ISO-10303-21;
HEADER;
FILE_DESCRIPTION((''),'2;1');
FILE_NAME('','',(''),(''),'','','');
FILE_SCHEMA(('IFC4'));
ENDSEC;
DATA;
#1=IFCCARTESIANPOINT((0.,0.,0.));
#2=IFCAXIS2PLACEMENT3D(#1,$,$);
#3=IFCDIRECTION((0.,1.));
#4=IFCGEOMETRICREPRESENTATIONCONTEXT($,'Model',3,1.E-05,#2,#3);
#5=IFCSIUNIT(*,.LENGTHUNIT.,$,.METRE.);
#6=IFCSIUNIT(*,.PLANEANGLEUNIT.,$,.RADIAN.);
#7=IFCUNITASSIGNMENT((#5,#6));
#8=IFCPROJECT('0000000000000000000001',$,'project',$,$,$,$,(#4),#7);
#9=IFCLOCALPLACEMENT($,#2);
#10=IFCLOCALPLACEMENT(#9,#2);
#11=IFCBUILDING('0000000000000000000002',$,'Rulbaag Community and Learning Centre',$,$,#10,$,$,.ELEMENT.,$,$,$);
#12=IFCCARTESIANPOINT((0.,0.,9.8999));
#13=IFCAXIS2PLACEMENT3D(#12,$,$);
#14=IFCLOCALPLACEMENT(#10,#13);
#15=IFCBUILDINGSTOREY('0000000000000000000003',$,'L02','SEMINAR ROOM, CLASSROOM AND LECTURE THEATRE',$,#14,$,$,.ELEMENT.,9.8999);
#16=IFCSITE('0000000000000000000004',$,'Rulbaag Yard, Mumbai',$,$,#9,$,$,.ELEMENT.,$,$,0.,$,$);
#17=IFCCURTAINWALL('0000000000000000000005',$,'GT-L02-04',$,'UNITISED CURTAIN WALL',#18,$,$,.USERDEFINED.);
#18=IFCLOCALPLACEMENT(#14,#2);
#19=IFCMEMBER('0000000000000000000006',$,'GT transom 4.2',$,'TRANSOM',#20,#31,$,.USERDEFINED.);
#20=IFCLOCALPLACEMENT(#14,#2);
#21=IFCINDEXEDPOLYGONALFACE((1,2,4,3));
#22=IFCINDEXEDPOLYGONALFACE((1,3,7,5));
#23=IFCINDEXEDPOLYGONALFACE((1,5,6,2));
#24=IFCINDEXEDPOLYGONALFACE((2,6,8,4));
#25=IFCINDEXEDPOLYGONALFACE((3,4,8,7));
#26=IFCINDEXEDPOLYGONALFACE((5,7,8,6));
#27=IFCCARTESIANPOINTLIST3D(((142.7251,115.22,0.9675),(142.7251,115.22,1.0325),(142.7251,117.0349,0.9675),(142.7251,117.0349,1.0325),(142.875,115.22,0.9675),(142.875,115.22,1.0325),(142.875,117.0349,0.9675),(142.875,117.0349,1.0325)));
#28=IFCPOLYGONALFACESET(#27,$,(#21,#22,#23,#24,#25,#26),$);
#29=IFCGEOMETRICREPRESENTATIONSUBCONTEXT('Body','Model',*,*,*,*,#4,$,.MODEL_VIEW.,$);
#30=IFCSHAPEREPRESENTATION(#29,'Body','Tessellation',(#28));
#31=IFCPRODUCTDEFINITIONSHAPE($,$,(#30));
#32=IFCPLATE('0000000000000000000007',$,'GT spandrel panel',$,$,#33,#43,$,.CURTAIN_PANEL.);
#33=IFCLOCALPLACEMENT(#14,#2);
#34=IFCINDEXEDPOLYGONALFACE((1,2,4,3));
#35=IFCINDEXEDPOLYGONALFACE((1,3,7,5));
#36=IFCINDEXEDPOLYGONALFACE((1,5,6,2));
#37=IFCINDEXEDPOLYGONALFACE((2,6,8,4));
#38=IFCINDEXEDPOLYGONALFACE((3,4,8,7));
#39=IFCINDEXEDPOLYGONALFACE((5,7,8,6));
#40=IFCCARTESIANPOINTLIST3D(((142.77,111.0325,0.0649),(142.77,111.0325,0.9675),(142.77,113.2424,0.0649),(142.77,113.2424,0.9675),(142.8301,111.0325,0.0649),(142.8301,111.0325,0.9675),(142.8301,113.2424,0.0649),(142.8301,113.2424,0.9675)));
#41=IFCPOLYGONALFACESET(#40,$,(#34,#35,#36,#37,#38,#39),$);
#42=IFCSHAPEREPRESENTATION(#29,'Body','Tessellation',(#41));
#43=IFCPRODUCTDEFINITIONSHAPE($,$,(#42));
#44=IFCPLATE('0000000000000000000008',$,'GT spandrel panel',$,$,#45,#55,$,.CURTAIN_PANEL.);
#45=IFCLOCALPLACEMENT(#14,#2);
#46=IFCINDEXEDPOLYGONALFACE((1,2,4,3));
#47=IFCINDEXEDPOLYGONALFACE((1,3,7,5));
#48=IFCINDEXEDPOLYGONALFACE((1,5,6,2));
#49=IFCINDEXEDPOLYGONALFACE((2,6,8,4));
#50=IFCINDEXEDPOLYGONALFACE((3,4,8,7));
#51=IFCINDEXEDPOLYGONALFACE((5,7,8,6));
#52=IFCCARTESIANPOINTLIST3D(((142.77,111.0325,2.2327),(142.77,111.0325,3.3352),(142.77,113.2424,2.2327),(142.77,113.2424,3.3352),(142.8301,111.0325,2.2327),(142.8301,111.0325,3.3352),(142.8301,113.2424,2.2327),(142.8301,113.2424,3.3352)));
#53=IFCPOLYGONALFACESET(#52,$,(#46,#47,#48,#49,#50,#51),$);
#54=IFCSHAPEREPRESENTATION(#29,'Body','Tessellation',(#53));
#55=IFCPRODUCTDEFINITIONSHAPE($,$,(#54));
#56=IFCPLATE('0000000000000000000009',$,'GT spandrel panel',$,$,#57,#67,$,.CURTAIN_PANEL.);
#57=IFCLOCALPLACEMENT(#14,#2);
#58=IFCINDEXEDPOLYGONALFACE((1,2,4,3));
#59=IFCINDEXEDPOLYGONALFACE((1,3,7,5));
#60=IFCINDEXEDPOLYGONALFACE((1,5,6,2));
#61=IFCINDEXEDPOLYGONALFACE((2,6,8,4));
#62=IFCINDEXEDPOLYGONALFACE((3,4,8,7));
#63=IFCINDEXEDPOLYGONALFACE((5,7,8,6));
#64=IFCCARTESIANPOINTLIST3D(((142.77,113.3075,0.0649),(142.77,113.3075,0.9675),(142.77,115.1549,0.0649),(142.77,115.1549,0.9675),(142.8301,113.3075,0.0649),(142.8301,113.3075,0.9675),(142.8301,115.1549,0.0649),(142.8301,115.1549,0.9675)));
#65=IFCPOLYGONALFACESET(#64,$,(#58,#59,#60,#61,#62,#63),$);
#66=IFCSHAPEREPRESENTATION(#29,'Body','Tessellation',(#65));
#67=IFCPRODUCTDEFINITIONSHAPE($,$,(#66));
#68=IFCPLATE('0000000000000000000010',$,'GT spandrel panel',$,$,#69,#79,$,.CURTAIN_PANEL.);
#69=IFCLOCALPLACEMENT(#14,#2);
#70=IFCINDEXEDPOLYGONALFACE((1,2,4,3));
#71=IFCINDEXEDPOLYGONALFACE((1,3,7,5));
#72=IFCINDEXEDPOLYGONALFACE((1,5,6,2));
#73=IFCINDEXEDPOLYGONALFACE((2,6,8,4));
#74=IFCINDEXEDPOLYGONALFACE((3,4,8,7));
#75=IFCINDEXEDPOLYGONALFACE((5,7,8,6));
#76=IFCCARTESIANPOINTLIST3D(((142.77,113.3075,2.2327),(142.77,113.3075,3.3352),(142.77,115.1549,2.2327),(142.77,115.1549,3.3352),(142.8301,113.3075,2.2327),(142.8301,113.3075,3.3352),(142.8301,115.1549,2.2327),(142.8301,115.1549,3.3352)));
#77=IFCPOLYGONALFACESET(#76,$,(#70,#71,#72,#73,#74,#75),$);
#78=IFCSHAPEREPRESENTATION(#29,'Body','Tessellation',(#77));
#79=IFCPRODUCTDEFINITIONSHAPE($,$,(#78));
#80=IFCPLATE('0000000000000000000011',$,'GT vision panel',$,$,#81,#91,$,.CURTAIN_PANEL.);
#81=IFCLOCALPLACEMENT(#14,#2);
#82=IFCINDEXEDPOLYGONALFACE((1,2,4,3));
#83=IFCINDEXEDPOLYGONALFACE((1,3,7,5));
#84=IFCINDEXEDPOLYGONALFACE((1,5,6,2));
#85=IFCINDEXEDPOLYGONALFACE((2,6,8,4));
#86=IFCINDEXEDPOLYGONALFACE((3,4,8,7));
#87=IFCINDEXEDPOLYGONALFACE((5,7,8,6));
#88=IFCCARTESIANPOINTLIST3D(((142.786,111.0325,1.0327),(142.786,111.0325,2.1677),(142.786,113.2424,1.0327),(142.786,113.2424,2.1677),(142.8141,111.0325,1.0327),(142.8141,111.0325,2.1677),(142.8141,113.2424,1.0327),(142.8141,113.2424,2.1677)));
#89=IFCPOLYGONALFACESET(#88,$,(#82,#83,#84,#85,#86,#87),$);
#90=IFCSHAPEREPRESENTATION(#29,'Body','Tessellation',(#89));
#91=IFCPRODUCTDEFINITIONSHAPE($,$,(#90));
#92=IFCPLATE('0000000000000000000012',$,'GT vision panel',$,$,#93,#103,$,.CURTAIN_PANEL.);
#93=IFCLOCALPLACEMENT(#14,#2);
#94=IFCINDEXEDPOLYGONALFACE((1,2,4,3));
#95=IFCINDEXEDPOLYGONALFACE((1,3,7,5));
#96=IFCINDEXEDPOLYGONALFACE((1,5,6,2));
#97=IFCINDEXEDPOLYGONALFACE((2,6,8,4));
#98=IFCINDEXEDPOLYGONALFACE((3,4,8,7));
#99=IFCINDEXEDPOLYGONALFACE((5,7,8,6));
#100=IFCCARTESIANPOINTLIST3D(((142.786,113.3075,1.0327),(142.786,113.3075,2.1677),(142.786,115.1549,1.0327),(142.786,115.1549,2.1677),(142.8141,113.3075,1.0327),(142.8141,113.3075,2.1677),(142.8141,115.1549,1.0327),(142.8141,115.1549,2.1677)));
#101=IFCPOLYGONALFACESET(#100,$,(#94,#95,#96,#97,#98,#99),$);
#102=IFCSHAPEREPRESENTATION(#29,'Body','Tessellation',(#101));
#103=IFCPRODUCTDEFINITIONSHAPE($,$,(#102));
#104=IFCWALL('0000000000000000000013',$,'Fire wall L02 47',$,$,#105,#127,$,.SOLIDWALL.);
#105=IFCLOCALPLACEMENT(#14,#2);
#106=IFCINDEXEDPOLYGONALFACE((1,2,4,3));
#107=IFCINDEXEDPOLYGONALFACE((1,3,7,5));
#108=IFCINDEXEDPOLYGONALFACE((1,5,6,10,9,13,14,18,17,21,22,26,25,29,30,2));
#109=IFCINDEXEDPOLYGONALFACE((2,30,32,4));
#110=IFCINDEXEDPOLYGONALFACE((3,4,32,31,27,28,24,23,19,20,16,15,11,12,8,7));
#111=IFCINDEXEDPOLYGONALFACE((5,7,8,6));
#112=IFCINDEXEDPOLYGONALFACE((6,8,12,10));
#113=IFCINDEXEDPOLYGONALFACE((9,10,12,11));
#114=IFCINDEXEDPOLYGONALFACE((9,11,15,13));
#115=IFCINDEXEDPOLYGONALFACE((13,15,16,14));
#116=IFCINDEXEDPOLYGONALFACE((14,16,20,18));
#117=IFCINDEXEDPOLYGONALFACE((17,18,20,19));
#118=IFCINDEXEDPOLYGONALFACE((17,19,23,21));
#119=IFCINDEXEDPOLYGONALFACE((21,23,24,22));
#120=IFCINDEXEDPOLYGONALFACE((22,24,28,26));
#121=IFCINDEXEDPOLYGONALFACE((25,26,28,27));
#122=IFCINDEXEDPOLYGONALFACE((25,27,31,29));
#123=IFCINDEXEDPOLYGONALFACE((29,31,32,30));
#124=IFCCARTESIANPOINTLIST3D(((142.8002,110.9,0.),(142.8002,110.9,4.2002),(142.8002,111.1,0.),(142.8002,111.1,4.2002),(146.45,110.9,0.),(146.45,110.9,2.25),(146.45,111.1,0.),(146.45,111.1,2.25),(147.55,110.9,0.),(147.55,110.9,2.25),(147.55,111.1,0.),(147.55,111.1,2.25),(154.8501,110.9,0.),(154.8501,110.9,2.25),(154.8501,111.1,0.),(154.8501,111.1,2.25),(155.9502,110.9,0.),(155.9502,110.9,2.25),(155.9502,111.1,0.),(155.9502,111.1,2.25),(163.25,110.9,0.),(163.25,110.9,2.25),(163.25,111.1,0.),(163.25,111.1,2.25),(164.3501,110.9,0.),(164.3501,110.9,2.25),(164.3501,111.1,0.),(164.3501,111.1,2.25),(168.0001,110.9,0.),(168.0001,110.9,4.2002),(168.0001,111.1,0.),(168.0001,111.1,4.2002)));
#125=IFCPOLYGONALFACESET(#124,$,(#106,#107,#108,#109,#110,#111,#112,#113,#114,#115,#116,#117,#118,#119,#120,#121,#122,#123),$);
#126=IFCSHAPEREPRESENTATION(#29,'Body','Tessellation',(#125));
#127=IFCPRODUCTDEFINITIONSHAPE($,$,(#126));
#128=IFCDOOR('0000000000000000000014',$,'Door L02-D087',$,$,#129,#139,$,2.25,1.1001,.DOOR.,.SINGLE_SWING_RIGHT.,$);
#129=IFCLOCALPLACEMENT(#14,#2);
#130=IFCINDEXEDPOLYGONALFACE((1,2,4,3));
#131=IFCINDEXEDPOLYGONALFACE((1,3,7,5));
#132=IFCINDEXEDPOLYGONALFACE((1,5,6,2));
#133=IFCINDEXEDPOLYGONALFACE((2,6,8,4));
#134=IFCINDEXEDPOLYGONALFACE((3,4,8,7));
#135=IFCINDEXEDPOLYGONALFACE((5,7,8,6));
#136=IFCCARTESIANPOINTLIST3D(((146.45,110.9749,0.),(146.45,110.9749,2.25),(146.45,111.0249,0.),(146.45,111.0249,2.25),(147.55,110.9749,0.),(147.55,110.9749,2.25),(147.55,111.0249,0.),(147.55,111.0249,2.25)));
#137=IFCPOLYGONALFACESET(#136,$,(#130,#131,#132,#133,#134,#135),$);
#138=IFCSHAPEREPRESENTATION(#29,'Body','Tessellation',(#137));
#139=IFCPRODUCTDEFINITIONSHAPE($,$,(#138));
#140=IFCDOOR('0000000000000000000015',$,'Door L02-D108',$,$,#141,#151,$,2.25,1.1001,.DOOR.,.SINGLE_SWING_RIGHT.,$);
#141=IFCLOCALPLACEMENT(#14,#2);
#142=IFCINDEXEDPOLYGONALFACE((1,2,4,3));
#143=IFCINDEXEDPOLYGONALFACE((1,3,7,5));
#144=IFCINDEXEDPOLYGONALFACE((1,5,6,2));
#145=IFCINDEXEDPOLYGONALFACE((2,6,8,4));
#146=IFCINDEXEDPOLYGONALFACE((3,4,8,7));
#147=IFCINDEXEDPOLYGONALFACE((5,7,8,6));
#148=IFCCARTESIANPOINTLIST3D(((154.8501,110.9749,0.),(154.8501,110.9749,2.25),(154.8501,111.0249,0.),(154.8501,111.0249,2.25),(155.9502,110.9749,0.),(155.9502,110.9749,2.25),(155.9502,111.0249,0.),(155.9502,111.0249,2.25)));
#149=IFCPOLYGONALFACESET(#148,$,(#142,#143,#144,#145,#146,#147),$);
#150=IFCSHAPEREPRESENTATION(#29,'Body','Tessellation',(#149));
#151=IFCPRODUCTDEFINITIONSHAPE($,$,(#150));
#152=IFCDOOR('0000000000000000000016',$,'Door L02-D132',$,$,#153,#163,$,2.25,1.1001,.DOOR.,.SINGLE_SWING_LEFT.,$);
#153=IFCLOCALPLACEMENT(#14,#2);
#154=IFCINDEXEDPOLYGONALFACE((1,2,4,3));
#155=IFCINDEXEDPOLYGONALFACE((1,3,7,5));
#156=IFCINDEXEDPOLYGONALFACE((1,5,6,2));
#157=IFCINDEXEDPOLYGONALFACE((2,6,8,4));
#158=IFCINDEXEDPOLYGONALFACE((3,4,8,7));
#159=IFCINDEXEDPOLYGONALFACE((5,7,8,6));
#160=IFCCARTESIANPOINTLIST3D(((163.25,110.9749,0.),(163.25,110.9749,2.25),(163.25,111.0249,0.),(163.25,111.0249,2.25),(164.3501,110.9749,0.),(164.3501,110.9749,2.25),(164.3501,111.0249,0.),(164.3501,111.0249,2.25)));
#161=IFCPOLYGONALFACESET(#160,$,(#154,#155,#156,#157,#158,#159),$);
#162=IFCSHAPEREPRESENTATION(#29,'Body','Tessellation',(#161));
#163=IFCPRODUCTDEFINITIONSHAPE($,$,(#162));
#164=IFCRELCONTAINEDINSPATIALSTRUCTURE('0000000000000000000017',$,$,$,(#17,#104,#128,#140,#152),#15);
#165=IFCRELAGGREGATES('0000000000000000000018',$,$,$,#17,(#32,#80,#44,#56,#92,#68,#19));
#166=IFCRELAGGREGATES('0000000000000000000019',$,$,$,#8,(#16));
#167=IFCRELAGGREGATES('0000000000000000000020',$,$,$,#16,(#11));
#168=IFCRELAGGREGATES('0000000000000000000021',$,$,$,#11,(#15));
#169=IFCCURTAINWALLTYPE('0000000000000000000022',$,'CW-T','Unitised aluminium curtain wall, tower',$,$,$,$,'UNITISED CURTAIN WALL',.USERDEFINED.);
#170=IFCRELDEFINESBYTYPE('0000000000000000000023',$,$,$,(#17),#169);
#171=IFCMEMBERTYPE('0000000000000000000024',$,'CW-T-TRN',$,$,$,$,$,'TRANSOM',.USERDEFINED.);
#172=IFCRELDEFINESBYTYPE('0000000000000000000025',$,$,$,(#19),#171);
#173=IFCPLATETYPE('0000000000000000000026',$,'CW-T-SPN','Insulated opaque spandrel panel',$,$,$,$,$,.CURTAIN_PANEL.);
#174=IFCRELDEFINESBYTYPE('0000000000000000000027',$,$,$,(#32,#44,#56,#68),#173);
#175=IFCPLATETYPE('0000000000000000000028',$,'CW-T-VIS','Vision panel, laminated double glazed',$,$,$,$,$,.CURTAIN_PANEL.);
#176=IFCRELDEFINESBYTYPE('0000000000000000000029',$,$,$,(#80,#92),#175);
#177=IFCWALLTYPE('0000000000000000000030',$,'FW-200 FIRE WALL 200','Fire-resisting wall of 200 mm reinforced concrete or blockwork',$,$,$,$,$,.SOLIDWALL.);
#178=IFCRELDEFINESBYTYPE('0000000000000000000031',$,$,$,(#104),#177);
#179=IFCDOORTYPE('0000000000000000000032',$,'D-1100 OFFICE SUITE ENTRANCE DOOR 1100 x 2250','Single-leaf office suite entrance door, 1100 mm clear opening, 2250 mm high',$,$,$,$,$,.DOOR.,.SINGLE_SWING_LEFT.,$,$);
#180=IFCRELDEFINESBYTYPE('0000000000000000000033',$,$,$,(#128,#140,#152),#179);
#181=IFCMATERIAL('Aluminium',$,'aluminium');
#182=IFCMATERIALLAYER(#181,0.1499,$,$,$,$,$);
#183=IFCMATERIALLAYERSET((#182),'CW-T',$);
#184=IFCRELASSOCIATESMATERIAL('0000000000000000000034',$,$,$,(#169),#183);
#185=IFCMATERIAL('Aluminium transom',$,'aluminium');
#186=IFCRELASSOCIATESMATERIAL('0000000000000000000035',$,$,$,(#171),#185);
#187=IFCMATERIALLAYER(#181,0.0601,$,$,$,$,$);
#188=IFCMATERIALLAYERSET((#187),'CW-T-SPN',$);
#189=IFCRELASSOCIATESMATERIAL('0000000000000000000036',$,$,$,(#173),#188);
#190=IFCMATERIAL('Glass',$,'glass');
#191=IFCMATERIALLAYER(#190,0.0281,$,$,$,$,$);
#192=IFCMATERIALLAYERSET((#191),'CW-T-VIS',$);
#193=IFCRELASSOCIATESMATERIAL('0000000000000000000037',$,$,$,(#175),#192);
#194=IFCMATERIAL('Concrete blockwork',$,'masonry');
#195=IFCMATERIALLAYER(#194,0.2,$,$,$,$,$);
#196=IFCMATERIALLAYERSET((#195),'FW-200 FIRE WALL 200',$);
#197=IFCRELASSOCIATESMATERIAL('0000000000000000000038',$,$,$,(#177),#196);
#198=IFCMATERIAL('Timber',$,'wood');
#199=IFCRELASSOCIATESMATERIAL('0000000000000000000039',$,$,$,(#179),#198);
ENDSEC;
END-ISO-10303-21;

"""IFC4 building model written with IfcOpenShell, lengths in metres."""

from ifc_helpers import new_model, si_unit, direction, frame, frame_2d, origin, origin_2d, place, context, subcontext, project, spatial, rectangle, extrude, material, layer, layer_set, material_profile, profile_set, type_object, element, fill, aggregate, save


model = new_model("IFC4")

# Units and contexts
model_context = context("Model", 3, precision=1e-05, world=origin(), true_north=direction((0.0, 1.0)))
body_context = subcontext(model_context, "Body", "Model", "MODEL_VIEW")
ifc_project = project(units=[si_unit("LENGTHUNIT", "METRE"), si_unit("PLANEANGLEUNIT", "RADIAN")], contexts=[model_context])

# Site, building, storey
site_placement = place(None, origin())
site = spatial("IfcSite", under=ifc_project, at=site_placement, Name="Rulbaag Yard, Mumbai", CompositionType="ELEMENT", RefElevation=0.0)
building_placement = place(site_placement, origin())
building = spatial("IfcBuilding", under=site, at=building_placement, Name="Rulbaag Community and Learning Centre", CompositionType="ELEMENT")
storey_placement = place(building_placement, frame((0.0, 0.0, 9.8999)))
storey = spatial("IfcBuildingStorey", under=building, at=storey_placement, Name="L02", Description="SEMINAR ROOM, CLASSROOM AND LECTURE THEATRE", CompositionType="ELEMENT", Elevation=9.8999)

# Curtain wall, member, plates
ifc_material_1 = material(Name="Aluminium", Category="aluminium")
ifc_layer_1 = layer(ifc_material_1, 0.1499)
ifc_layer_set_1 = layer_set([ifc_layer_1], Name="CW-T")
curtain_wall_type = type_object("IfcCurtainWallType", Name="CW-T", Description="Unitised aluminium curtain wall, tower", ElementType="UNITISED CURTAIN WALL", PredefinedType="USERDEFINED", material=ifc_layer_set_1)
curtain_wall_placement = place(storey_placement, origin())
curtain_wall = element("IfcCurtainWall", 1, at=curtain_wall_placement, inside=storey, type_object=curtain_wall_type, Name="GT-L02-04", ObjectType="UNITISED CURTAIN WALL", PredefinedType="USERDEFINED")
ifc_material_2 = material(Name="Aluminium transom", Category="aluminium")
ifc_material_profile_1 = material_profile(ifc_material_2, rectangle(XDim=0.1499, YDim=0.0649, at=origin_2d()), Name="AL 65x150 T")
ifc_profile_set_1 = profile_set([ifc_material_profile_1], Name="Aluminium transom")
member_type_1 = type_object("IfcMemberType", Name="CW-T-TRN", ElementType="TRANSOM", PredefinedType="USERDEFINED", material=ifc_profile_set_1)
member_1_placement = place(storey_placement, frame((142.8, 115.22, 1.0), z_axis=(0.0, 1.0, 0.0), x_axis=(-1.0, 0.0, 0.0)))
member_1 = element("IfcMember", 2, at=member_1_placement, type_object=member_type_1, Name="GT transom 4.2", ObjectType="TRANSOM", PredefinedType="USERDEFINED", context=body_context, shape_type="SweptSolid", body=[
    extrude(rectangle(XDim=0.1499, YDim=0.0649, at=origin_2d()), origin(), (0.0, 0.0, 1.0), 1.8149),
])
ifc_layer_2 = layer(ifc_material_1, 0.0601)
ifc_layer_set_2 = layer_set([ifc_layer_2], Name="CW-T-SPN")
plate_type_1 = type_object("IfcPlateType", Name="CW-T-SPN", Description="Insulated opaque spandrel panel", PredefinedType="CURTAIN_PANEL", material=ifc_layer_set_2)
plate_1_placement = place(storey_placement, frame((142.8, 112.1375, 0.0649), z_axis=(0.0, 0.0, 1.0), x_axis=(0.0, 1.0, 0.0)))
plate_1 = element("IfcPlate", 3, at=plate_1_placement, type_object=plate_type_1, Name="GT spandrel panel", PredefinedType="CURTAIN_PANEL", context=body_context, shape_type="SweptSolid", body=[
    extrude(rectangle(XDim=2.21, YDim=0.0601, at=origin_2d()), origin(), (0.0, 0.0, 1.0), 0.9026),
])
plate_2_placement = place(storey_placement, frame((142.8, 112.1375, 2.2327), z_axis=(0.0, 0.0, 1.0), x_axis=(0.0, 1.0, 0.0)))
plate_2 = element("IfcPlate", 4, at=plate_2_placement, type_object=plate_type_1, Name="GT spandrel panel", PredefinedType="CURTAIN_PANEL", context=body_context, shape_type="SweptSolid", body=[
    extrude(rectangle(XDim=2.21, YDim=0.0601, at=origin_2d()), origin(), (0.0, 0.0, 1.0), 1.1025),
])
plate_3_placement = place(storey_placement, frame((142.8, 114.2312, 0.0649), z_axis=(0.0, 0.0, 1.0), x_axis=(0.0, 1.0, 0.0)))
plate_3 = element("IfcPlate", 5, at=plate_3_placement, type_object=plate_type_1, Name="GT spandrel panel", PredefinedType="CURTAIN_PANEL", context=body_context, shape_type="SweptSolid", body=[
    extrude(rectangle(XDim=1.8474, YDim=0.0601, at=origin_2d()), origin(), (0.0, 0.0, 1.0), 0.9026),
])
plate_4_placement = place(storey_placement, frame((142.8, 114.2312, 2.2327), z_axis=(0.0, 0.0, 1.0), x_axis=(0.0, 1.0, 0.0)))
plate_4 = element("IfcPlate", 6, at=plate_4_placement, type_object=plate_type_1, Name="GT spandrel panel", PredefinedType="CURTAIN_PANEL", context=body_context, shape_type="SweptSolid", body=[
    extrude(rectangle(XDim=1.8474, YDim=0.0601, at=origin_2d()), origin(), (0.0, 0.0, 1.0), 1.1025),
])
ifc_material_3 = material(Name="Glass", Category="glass")
ifc_layer_3 = layer(ifc_material_3, 0.0281)
ifc_layer_set_3 = layer_set([ifc_layer_3], Name="CW-T-VIS")
plate_type_2 = type_object("IfcPlateType", Name="CW-T-VIS", Description="Vision panel, laminated double glazed", PredefinedType="CURTAIN_PANEL", material=ifc_layer_set_3)
plate_5_placement = place(storey_placement, frame((142.8, 112.1375, 1.0327), z_axis=(0.0, 0.0, 1.0), x_axis=(0.0, 1.0, 0.0)))
plate_5 = element("IfcPlate", 7, at=plate_5_placement, type_object=plate_type_2, Name="GT vision panel", PredefinedType="CURTAIN_PANEL", context=body_context, shape_type="SweptSolid", body=[
    extrude(rectangle(XDim=2.21, YDim=0.0281, at=origin_2d()), origin(), (0.0, 0.0, 1.0), 1.135),
])
plate_6_placement = place(storey_placement, frame((142.8, 114.2312, 1.0327), z_axis=(0.0, 0.0, 1.0), x_axis=(0.0, 1.0, 0.0)))
plate_6 = element("IfcPlate", 8, at=plate_6_placement, type_object=plate_type_2, Name="GT vision panel", PredefinedType="CURTAIN_PANEL", context=body_context, shape_type="SweptSolid", body=[
    extrude(rectangle(XDim=1.8474, YDim=0.0281, at=origin_2d()), origin(), (0.0, 0.0, 1.0), 1.135),
])
aggregate(curtain_wall, [plate_1, plate_5, plate_2, plate_3, plate_6, plate_4, member_1])

# Wall, openings, doors
ifc_material_4 = material(Name="Concrete blockwork", Category="masonry")
ifc_layer_4 = layer(ifc_material_4, 0.2)
ifc_layer_set_4 = layer_set([ifc_layer_4], Name="FW-200 FIRE WALL 200")
wall_type = type_object("IfcWallType", Name="FW-200 FIRE WALL 200", Description="Fire-resisting wall of 200 mm reinforced concrete or blockwork", PredefinedType="SOLIDWALL", material=ifc_layer_set_4)
wall_placement = place(storey_placement, frame((142.8, 111.0, 0.0), z_axis=(0.0, 0.0, 1.0), x_axis=(1.0, 0.0, 0.0)))
wall = element("IfcWall", 9, at=wall_placement, inside=storey, type_object=wall_type, Name="Fire wall L02 47", PredefinedType="SOLIDWALL", context=body_context, shape_type="SweptSolid", body=[
    extrude(rectangle(XDim=25.2, YDim=0.2, at=frame_2d((12.6001, 0.0))), origin(), (0.0, 0.0, 1.0), 4.2002),
])
opening_1_placement = place(wall_placement, frame((3.6499, 0.0, 0.0)))
opening_1 = element("IfcOpeningElement", 10, at=opening_1_placement, cuts=wall, PredefinedType="OPENING", context=body_context, shape_type="SweptSolid", body=[
    extrude(rectangle(XDim=1.1001, YDim=2.25, at=frame_2d((0.55, 1.125))), frame((0.0, 0.1099, 0.0), z_axis=(0.0, -1.0, 0.0), x_axis=(1.0, 0.0, 0.0)), (0.0, 0.0, 1.0), 0.22),
])
opening_2_placement = place(wall_placement, frame((12.05, 0.0, 0.0)))
opening_2 = element("IfcOpeningElement", 11, at=opening_2_placement, cuts=wall, PredefinedType="OPENING", context=body_context, shape_type="SweptSolid", body=[
    extrude(rectangle(XDim=1.1001, YDim=2.25, at=frame_2d((0.55, 1.125))), frame((0.0, 0.1099, 0.0), z_axis=(0.0, -1.0, 0.0), x_axis=(1.0, 0.0, 0.0)), (0.0, 0.0, 1.0), 0.22),
])
opening_3_placement = place(wall_placement, frame((20.45, 0.0, 0.0)))
opening_3 = element("IfcOpeningElement", 12, at=opening_3_placement, cuts=wall, PredefinedType="OPENING", context=body_context, shape_type="SweptSolid", body=[
    extrude(rectangle(XDim=1.1001, YDim=2.25, at=frame_2d((0.55, 1.125))), frame((0.0, 0.1099, 0.0), z_axis=(0.0, -1.0, 0.0), x_axis=(1.0, 0.0, 0.0)), (0.0, 0.0, 1.0), 0.22),
])
ifc_material_5 = material(Name="Timber", Category="wood")
door_type = type_object("IfcDoorType", Name="D-1100 OFFICE SUITE ENTRANCE DOOR 1100 x 2250", Description="Single-leaf office suite entrance door, 1100 mm clear opening, 2250 mm high", OperationType="SINGLE_SWING_LEFT", PredefinedType="DOOR", material=ifc_material_5)
door_1_placement = place(opening_1_placement, origin())
door_1 = element("IfcDoor", 13, at=door_1_placement, inside=storey, type_object=door_type, Name="Door L02-D087", OperationType="SINGLE_SWING_RIGHT", OverallHeight=2.25, OverallWidth=1.1001, PredefinedType="DOOR", context=body_context, shape_type="SweptSolid", body=[
    extrude(rectangle(XDim=1.1001, YDim=2.25, at=frame_2d((0.55, 1.125))), frame((0.0, 0.0249, 0.0), z_axis=(0.0, -1.0, 0.0), x_axis=(1.0, 0.0, 0.0)), (0.0, 0.0, 1.0), 0.05),
])
fill(opening_1, door_1)
door_2_placement = place(opening_2_placement, origin())
door_2 = element("IfcDoor", 14, at=door_2_placement, inside=storey, type_object=door_type, Name="Door L02-D108", OperationType="SINGLE_SWING_RIGHT", OverallHeight=2.25, OverallWidth=1.1001, PredefinedType="DOOR", context=body_context, shape_type="SweptSolid", body=[
    extrude(rectangle(XDim=1.1001, YDim=2.25, at=frame_2d((0.55, 1.125))), frame((0.0, 0.0249, 0.0), z_axis=(0.0, -1.0, 0.0), x_axis=(1.0, 0.0, 0.0)), (0.0, 0.0, 1.0), 0.05),
])
fill(opening_2, door_2)
door_3_placement = place(opening_3_placement, origin())
door_3 = element("IfcDoor", 15, at=door_3_placement, inside=storey, type_object=door_type, Name="Door L02-D132", OperationType="SINGLE_SWING_LEFT", OverallHeight=2.25, OverallWidth=1.1001, PredefinedType="DOOR", context=body_context, shape_type="SweptSolid", body=[
    extrude(rectangle(XDim=1.1001, YDim=2.25, at=frame_2d((0.55, 1.125))), frame((0.0, 0.0249, 0.0), z_axis=(0.0, -1.0, 0.0), x_axis=(1.0, 0.0, 0.0)), (0.0, 0.0, 1.0), 0.05),
])
fill(opening_3, door_3)

save(model, "model.ifc")
